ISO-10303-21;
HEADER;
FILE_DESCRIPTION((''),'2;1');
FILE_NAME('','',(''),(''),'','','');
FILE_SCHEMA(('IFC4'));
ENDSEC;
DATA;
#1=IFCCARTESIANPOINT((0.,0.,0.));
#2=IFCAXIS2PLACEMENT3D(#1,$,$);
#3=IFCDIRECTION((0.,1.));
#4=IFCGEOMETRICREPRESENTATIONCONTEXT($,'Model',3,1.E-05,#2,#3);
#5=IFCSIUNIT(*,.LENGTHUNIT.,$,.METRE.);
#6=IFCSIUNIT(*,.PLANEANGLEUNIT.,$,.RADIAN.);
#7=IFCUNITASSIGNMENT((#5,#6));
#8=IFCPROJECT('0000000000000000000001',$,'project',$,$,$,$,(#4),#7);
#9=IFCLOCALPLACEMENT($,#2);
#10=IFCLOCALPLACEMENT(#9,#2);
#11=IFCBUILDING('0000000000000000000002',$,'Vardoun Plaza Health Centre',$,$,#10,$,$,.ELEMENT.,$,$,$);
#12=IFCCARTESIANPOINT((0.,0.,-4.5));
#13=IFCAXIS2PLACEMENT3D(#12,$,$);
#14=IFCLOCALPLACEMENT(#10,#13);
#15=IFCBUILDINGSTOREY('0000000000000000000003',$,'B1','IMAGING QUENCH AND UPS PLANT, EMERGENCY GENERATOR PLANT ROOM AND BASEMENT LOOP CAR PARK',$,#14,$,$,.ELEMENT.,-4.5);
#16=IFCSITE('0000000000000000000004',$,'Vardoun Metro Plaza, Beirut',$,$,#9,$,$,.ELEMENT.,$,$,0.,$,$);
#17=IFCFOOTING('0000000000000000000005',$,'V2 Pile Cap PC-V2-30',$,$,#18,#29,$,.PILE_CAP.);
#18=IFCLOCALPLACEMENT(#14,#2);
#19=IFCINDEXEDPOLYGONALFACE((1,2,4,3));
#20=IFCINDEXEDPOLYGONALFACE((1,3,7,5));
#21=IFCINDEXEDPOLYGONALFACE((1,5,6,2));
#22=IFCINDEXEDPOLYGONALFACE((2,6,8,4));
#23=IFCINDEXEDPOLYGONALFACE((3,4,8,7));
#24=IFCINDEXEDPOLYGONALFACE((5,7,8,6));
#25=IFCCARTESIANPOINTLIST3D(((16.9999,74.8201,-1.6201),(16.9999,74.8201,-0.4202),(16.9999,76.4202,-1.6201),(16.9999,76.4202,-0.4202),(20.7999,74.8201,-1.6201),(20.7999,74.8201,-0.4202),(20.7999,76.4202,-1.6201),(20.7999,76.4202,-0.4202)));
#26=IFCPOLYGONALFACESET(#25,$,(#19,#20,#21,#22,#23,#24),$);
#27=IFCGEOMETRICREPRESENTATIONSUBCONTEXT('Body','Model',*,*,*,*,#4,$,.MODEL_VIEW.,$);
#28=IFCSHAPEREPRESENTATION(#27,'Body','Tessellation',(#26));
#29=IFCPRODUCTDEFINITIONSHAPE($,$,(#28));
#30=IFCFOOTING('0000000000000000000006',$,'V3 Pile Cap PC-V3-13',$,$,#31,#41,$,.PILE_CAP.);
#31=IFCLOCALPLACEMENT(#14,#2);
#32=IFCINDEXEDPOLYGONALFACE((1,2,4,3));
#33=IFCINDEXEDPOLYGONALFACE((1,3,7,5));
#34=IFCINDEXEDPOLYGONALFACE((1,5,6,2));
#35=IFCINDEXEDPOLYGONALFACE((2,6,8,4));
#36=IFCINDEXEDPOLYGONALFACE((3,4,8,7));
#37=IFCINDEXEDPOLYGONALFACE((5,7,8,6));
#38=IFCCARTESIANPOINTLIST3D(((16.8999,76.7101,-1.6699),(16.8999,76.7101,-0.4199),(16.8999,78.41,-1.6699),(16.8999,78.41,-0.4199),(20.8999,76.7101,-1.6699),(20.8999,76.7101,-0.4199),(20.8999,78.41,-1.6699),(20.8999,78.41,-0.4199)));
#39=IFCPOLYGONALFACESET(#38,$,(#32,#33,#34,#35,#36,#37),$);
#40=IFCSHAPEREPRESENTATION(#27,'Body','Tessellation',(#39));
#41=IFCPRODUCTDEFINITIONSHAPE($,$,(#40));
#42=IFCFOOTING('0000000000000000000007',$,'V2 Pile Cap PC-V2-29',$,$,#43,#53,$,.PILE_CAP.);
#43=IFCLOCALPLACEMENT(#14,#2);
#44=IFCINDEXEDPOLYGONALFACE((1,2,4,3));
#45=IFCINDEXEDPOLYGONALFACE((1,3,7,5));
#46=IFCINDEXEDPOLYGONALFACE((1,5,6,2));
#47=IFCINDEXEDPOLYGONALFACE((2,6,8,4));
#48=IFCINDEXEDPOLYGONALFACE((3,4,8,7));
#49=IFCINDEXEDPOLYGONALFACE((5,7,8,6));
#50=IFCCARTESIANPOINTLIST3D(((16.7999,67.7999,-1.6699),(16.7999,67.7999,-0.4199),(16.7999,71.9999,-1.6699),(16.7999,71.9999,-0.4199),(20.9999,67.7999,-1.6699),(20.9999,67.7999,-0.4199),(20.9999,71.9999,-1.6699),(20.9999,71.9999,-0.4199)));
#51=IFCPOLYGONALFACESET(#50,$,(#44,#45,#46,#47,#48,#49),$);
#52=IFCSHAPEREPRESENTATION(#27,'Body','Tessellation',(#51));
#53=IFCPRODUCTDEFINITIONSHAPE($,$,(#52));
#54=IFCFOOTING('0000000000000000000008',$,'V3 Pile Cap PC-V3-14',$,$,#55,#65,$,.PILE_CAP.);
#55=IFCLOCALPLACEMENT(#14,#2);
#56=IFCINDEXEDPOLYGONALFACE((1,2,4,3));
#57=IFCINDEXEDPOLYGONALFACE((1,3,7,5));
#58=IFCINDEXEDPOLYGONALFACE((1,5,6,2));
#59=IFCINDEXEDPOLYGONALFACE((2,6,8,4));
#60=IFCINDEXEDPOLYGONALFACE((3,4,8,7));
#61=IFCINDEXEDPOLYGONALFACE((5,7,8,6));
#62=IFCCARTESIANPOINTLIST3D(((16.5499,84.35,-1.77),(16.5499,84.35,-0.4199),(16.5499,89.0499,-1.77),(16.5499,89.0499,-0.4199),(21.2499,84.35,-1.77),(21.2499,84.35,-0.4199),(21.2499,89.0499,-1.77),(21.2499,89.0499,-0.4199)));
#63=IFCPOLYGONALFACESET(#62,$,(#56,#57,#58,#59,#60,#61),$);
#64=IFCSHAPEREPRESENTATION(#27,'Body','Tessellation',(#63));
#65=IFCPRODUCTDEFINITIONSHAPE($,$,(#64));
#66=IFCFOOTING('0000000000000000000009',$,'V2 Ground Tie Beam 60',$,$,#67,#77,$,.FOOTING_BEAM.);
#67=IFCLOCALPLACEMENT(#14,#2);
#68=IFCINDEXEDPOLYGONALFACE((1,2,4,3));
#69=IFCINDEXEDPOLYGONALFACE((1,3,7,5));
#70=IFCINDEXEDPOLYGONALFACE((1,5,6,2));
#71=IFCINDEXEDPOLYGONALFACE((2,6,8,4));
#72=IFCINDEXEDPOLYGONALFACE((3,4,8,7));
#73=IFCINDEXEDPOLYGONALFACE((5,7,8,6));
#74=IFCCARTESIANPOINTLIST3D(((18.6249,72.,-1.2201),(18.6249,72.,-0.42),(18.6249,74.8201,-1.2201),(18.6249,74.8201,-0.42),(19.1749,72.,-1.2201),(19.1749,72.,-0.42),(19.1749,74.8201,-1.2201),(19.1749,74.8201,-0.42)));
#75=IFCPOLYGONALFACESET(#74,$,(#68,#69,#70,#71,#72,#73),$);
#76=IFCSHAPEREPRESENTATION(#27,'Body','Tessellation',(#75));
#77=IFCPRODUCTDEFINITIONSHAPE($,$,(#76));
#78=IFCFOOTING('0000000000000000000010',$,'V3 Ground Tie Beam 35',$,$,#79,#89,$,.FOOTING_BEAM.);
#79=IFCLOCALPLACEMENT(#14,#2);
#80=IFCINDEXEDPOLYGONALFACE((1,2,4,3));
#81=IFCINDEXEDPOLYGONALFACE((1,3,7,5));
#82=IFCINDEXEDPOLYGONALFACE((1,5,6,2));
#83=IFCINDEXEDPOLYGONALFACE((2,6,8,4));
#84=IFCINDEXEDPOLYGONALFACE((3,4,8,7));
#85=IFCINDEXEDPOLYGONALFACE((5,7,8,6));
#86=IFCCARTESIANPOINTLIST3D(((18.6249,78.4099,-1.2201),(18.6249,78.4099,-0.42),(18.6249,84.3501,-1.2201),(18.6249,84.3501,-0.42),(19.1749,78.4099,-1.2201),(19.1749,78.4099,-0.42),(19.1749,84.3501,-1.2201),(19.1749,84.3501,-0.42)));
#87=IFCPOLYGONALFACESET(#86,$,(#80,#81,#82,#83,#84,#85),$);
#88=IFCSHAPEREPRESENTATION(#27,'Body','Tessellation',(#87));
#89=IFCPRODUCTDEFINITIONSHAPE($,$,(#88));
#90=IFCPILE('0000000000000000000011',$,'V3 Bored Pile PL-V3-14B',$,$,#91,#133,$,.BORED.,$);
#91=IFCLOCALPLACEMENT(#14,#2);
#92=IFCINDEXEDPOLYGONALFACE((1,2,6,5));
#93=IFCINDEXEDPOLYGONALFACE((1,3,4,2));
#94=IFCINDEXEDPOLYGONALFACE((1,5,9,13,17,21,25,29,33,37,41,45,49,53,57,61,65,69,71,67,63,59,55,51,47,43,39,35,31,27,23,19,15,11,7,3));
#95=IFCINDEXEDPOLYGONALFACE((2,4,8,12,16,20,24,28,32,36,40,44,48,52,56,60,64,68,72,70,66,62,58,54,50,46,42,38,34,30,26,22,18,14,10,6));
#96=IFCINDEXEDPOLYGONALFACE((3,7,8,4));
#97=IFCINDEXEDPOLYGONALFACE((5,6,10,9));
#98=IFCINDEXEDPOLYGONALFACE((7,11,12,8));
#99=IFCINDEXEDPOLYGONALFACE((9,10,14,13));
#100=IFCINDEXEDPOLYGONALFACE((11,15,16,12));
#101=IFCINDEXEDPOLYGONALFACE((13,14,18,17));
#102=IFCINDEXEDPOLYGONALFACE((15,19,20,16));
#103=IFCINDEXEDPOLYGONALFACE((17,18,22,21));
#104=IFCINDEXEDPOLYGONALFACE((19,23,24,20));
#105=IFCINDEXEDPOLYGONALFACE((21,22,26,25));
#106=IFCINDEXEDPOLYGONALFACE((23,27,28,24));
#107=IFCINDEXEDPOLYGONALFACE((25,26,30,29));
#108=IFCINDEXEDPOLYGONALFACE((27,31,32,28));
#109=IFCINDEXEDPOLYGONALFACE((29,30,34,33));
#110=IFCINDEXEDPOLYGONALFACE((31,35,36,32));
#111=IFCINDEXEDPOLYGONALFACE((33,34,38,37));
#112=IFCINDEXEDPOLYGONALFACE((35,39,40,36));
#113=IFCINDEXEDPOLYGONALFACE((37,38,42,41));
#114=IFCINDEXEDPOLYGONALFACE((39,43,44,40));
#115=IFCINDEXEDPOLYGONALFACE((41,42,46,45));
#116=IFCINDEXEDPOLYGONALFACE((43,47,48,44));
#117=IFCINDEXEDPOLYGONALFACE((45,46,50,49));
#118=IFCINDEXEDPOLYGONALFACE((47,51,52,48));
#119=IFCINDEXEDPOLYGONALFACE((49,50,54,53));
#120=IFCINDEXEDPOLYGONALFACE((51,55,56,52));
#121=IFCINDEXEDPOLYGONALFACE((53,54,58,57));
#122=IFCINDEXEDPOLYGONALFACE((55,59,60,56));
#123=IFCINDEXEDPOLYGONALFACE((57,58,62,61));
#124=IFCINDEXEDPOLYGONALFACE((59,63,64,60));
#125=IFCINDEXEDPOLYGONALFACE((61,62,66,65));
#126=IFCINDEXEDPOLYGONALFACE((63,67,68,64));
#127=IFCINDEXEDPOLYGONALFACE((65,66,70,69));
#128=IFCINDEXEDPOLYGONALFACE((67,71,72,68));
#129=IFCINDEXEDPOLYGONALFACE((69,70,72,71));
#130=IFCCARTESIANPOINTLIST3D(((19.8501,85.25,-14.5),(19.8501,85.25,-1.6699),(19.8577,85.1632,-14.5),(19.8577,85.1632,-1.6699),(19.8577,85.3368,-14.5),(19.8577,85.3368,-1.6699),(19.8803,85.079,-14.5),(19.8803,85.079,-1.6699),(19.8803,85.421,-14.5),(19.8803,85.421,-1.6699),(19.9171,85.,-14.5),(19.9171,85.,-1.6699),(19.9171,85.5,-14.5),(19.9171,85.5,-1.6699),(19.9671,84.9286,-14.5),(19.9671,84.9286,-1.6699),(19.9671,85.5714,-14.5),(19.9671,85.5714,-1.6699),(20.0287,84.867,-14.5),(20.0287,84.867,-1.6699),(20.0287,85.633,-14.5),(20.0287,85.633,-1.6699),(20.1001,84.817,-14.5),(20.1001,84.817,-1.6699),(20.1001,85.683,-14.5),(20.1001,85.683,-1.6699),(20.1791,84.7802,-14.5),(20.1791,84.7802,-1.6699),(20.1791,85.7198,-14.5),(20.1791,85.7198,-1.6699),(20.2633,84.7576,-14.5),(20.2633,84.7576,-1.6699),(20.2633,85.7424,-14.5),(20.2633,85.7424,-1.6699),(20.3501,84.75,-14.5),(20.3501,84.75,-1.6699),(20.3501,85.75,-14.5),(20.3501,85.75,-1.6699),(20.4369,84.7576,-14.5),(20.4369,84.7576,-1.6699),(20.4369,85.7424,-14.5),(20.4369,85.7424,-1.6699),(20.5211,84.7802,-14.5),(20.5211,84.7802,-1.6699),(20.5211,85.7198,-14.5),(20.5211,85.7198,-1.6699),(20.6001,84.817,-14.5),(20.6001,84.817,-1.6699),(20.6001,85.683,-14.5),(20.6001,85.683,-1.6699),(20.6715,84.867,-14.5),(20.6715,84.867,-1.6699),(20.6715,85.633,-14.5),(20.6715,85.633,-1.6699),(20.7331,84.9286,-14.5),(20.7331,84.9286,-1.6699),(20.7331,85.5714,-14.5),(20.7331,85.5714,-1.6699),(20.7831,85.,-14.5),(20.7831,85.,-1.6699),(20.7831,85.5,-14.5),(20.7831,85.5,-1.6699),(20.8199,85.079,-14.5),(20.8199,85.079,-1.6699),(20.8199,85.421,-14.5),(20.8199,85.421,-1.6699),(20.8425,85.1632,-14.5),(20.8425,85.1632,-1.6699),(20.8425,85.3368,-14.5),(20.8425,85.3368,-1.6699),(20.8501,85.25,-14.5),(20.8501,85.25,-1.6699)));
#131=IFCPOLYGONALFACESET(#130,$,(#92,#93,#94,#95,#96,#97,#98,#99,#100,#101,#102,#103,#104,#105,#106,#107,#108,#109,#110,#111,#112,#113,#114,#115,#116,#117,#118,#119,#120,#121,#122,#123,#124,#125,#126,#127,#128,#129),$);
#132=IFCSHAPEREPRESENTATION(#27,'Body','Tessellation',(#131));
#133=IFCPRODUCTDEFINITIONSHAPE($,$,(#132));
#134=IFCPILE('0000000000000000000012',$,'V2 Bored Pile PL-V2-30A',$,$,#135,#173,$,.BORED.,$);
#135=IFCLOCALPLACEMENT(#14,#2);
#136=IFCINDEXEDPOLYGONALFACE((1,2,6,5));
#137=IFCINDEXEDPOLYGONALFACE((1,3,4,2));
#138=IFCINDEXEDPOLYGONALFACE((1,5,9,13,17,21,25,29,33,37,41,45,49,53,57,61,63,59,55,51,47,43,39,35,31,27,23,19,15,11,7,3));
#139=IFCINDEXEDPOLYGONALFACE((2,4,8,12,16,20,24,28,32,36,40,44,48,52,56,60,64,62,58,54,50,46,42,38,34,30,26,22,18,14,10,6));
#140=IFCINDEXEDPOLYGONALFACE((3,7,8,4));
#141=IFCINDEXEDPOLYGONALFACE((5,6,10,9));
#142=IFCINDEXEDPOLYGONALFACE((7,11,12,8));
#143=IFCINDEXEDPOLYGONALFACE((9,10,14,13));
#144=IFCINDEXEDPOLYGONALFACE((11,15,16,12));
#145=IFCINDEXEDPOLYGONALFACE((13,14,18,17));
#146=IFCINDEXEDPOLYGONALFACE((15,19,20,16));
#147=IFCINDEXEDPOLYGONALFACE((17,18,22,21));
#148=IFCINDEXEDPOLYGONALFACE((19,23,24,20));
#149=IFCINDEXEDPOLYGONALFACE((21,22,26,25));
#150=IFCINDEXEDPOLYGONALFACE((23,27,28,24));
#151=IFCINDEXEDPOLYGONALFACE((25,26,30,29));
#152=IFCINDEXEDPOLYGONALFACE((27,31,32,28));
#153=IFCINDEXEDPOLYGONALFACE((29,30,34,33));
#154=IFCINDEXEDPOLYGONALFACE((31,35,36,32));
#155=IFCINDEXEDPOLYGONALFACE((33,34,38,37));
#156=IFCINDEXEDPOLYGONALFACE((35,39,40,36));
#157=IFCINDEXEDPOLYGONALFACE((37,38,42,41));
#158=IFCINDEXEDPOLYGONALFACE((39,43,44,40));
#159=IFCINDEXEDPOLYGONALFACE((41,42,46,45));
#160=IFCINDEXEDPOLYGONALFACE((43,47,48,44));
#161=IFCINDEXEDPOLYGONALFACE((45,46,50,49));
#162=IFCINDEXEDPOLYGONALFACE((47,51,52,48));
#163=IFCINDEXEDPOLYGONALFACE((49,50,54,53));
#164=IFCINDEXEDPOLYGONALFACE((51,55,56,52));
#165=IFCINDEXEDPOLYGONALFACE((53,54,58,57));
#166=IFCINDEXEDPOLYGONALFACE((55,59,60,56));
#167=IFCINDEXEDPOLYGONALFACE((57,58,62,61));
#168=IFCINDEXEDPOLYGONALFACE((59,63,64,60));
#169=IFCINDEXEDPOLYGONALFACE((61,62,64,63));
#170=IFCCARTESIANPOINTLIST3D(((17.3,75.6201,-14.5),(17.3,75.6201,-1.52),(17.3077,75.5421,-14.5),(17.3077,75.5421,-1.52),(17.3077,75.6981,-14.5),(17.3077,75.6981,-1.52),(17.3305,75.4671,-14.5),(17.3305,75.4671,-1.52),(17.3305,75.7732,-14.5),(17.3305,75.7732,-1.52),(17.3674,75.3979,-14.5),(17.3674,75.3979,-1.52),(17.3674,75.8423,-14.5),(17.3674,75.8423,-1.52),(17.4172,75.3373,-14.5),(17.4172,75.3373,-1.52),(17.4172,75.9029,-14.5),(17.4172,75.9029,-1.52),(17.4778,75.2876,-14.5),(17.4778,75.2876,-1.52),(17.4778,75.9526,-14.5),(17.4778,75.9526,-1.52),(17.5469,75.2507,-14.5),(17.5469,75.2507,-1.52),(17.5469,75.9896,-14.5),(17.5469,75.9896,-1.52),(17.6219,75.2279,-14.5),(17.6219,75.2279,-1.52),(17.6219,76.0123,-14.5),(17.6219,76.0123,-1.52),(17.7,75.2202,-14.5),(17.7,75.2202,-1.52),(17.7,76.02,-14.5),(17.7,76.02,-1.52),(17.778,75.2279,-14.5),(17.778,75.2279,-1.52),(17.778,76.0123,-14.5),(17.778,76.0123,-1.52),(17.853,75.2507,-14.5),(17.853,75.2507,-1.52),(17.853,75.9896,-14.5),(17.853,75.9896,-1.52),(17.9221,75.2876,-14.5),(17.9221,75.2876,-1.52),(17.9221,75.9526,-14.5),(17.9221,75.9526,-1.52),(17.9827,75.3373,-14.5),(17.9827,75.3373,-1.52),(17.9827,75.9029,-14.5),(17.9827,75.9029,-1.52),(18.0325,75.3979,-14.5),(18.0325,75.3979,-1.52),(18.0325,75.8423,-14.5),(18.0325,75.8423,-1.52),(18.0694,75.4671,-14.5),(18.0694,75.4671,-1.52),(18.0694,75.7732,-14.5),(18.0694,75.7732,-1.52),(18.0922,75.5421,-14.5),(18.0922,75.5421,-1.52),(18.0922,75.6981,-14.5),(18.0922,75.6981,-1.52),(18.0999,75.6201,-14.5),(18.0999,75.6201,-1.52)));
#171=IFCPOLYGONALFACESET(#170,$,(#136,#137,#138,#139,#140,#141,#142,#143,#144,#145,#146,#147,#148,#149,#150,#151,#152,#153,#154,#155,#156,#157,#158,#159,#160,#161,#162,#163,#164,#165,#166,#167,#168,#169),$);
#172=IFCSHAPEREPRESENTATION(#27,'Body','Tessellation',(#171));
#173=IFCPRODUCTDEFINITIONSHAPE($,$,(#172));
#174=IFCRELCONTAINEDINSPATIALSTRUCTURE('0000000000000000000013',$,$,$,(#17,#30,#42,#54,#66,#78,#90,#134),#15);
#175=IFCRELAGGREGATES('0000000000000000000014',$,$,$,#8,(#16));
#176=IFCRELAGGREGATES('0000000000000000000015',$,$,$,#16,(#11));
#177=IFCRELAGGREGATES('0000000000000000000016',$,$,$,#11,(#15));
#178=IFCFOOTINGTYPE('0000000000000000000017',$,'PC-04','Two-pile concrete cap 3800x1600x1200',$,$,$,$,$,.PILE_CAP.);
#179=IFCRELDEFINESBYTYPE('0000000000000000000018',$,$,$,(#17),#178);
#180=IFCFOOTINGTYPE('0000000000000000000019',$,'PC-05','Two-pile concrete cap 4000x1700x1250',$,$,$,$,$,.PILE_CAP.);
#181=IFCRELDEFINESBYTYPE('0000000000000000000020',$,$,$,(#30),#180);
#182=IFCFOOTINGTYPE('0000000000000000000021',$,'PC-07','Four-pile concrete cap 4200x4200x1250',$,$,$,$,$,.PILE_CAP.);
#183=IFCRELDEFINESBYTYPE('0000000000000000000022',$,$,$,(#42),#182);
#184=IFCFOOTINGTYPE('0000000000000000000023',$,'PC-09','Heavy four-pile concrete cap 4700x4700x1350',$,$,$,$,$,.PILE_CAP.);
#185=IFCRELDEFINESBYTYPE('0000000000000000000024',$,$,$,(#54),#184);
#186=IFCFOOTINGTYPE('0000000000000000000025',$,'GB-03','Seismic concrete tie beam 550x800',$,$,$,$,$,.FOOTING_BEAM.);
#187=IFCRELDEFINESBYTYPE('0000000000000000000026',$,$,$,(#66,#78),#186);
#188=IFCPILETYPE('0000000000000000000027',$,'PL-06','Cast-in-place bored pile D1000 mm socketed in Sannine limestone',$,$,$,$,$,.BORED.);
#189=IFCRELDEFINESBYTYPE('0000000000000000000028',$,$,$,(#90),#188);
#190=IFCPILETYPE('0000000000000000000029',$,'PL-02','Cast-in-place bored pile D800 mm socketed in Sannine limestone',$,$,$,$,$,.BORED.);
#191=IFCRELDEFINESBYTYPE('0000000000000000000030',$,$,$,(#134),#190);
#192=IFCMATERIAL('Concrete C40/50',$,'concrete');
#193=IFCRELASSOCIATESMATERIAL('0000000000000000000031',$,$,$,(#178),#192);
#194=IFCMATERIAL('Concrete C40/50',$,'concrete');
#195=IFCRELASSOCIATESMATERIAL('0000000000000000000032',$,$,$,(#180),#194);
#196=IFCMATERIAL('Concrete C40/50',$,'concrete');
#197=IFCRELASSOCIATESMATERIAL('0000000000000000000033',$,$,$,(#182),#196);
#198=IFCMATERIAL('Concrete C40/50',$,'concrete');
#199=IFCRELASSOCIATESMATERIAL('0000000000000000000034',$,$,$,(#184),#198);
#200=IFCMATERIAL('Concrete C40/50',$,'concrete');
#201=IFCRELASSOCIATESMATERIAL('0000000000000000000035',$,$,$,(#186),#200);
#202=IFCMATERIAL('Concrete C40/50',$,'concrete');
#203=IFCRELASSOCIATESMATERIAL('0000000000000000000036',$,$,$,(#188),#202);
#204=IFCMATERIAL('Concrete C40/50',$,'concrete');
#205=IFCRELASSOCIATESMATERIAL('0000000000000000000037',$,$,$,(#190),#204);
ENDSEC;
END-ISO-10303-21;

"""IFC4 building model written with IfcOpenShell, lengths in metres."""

from ifc_helpers import new_model, si_unit, direction, frame, origin, origin_2d, place, context, subcontext, project, spatial, rectangle, circle, extrude, material, material_profile, profile_set, type_object, element, save


model = new_model("IFC4")

# Units and contexts
model_context = context("Model", 3, precision=1e-05, world=origin(), true_north=direction((0.0, 1.0)))
body_context = subcontext(model_context, "Body", "Model", "MODEL_VIEW")
ifc_project = project(units=[si_unit("LENGTHUNIT", "METRE"), si_unit("PLANEANGLEUNIT", "RADIAN")], contexts=[model_context])

# Site, building, storey
site_placement = place(None, origin())
site = spatial("IfcSite", under=ifc_project, at=site_placement, Name="Vardoun Metro Plaza, Beirut", CompositionType="ELEMENT", RefElevation=0.0)
building_placement = place(site_placement, origin())
building = spatial("IfcBuilding", under=site, at=building_placement, Name="Vardoun Plaza Health Centre", CompositionType="ELEMENT")
storey_placement = place(building_placement, frame((0.0, 0.0, -4.5)))
storey = spatial("IfcBuildingStorey", under=building, at=storey_placement, Name="B1", Description="IMAGING QUENCH AND UPS PLANT, EMERGENCY GENERATOR PLANT ROOM AND BASEMENT LOOP CAR PARK", CompositionType="ELEMENT", Elevation=-4.5)

# Footings
ifc_material_1 = material(Name="Concrete C40/50", Category="concrete")
footing_type_1 = type_object("IfcFootingType", Name="PC-04", Description="Two-pile concrete cap 3800x1600x1200", PredefinedType="PILE_CAP", material=ifc_material_1)
footing_1_placement = place(storey_placement, frame((18.8999, 75.6201, -1.6201), z_axis=(0.0, 0.0, 1.0), x_axis=(1.0, 0.0, 0.0)))
element("IfcFooting", 1, at=footing_1_placement, inside=storey, type_object=footing_type_1, Name="V2 Pile Cap PC-V2-30", PredefinedType="PILE_CAP", context=body_context, shape_type="SweptSolid", body=[
    extrude(rectangle(XDim=3.8, YDim=1.6001, at=origin_2d()), origin(), (0.0, 0.0, 1.0), 1.2),
])
ifc_material_2 = material(Name="Concrete C40/50", Category="concrete")
footing_type_2 = type_object("IfcFootingType", Name="PC-05", Description="Two-pile concrete cap 4000x1700x1250", PredefinedType="PILE_CAP", material=ifc_material_2)
footing_2_placement = place(storey_placement, frame((18.8999, 77.5601, -1.6699), z_axis=(0.0, 0.0, 1.0), x_axis=(1.0, 0.0, 0.0)))
element("IfcFooting", 2, at=footing_2_placement, inside=storey, type_object=footing_type_2, Name="V3 Pile Cap PC-V3-13", PredefinedType="PILE_CAP", context=body_context, shape_type="SweptSolid", body=[
    extrude(rectangle(XDim=4.0, YDim=1.7, at=origin_2d()), origin(), (0.0, 0.0, 1.0), 1.25),
])
ifc_material_3 = material(Name="Concrete C40/50", Category="concrete")
footing_type_3 = type_object("IfcFootingType", Name="PC-07", Description="Four-pile concrete cap 4200x4200x1250", PredefinedType="PILE_CAP", material=ifc_material_3)
footing_3_placement = place(storey_placement, frame((18.8999, 69.8999, -1.6699), z_axis=(0.0, 0.0, 1.0), x_axis=(1.0, 0.0, 0.0)))
element("IfcFooting", 3, at=footing_3_placement, inside=storey, type_object=footing_type_3, Name="V2 Pile Cap PC-V2-29", PredefinedType="PILE_CAP", context=body_context, shape_type="SweptSolid", body=[
    extrude(rectangle(XDim=4.2, YDim=4.2, at=origin_2d()), origin(), (0.0, 0.0, 1.0), 1.25),
])
ifc_material_4 = material(Name="Concrete C40/50", Category="concrete")
footing_type_4 = type_object("IfcFootingType", Name="PC-09", Description="Heavy four-pile concrete cap 4700x4700x1350", PredefinedType="PILE_CAP", material=ifc_material_4)
footing_4_placement = place(storey_placement, frame((18.8999, 86.7, -1.77), z_axis=(0.0, 0.0, 1.0), x_axis=(1.0, 0.0, 0.0)))
element("IfcFooting", 4, at=footing_4_placement, inside=storey, type_object=footing_type_4, Name="V3 Pile Cap PC-V3-14", PredefinedType="PILE_CAP", context=body_context, shape_type="SweptSolid", body=[
    extrude(rectangle(XDim=4.7, YDim=4.7, at=origin_2d()), origin(), (0.0, 0.0, 1.0), 1.3501),
])
ifc_material_5 = material(Name="Concrete C40/50", Category="concrete")
ifc_material_profile_1 = material_profile(ifc_material_5, rectangle(XDim=0.55, YDim=0.8, at=origin_2d()), Name="GB 550x800")
ifc_profile_set_1 = profile_set([ifc_material_profile_1], Name="Concrete C40/50")
footing_type_5 = type_object("IfcFootingType", Name="GB-03", Description="Seismic concrete tie beam 550x800", PredefinedType="FOOTING_BEAM", material=ifc_profile_set_1)
footing_5_placement = place(storey_placement, frame((18.8999, 72.0, -0.8201), z_axis=(0.0, 1.0, 0.0), x_axis=(-1.0, 0.0, 0.0)))
element("IfcFooting", 5, at=footing_5_placement, inside=storey, type_object=footing_type_5, Name="V2 Ground Tie Beam 60", PredefinedType="FOOTING_BEAM", context=body_context, shape_type="SweptSolid", body=[
    extrude(rectangle(XDim=0.55, YDim=0.8, at=origin_2d()), origin(), (0.0, 0.0, 1.0), 2.8201),
])
footing_6_placement = place(storey_placement, frame((18.8999, 78.4099, -0.8201), z_axis=(0.0, 1.0, 0.0), x_axis=(-1.0, 0.0, 0.0)))
element("IfcFooting", 6, at=footing_6_placement, inside=storey, type_object=footing_type_5, Name="V3 Ground Tie Beam 35", PredefinedType="FOOTING_BEAM", context=body_context, shape_type="SweptSolid", body=[
    extrude(rectangle(XDim=0.55, YDim=0.8, at=origin_2d()), origin(), (0.0, 0.0, 1.0), 5.9402),
])

# Piles
ifc_material_6 = material(Name="Concrete C40/50", Category="concrete")
ifc_material_profile_2 = material_profile(ifc_material_6, circle(Radius=0.5, at=origin_2d()), Name="PILE D1000")
ifc_profile_set_2 = profile_set([ifc_material_profile_2], Name="Concrete C40/50")
pile_type_1 = type_object("IfcPileType", Name="PL-06", Description="Cast-in-place bored pile D1000 mm socketed in Sannine limestone", PredefinedType="BORED", material=ifc_profile_set_2)
pile_placement = place(storey_placement, frame((20.3501, 85.25, -1.6699), z_axis=(0.0, 0.0, -1.0), x_axis=(1.0, 0.0, 0.0)))
element("IfcPile", 7, at=pile_placement, inside=storey, type_object=pile_type_1, Name="V3 Bored Pile PL-V3-14B", PredefinedType="BORED", context=body_context, shape_type="SweptSolid", body=[
    extrude(circle(Radius=0.5, at=origin_2d()), origin(), (0.0, 0.0, 1.0), 12.8301),
])
ifc_material_7 = material(Name="Concrete C40/50", Category="concrete")
ifc_material_profile_3 = material_profile(ifc_material_7, circle(Radius=0.3999, at=origin_2d()), Name="PILE D800")
ifc_profile_set_3 = profile_set([ifc_material_profile_3], Name="Concrete C40/50")
pile_type_2 = type_object("IfcPileType", Name="PL-02", Description="Cast-in-place bored pile D800 mm socketed in Sannine limestone", PredefinedType="BORED", material=ifc_profile_set_3)
for number, where, z_axis, x_axis, name in (
    (8, (17.7, 75.6201, -1.52), (0.0, 0.0, -1.0), (1.0, 0.0, 0.0), "V2 Bored Pile PL-V2-30A"),
):
    element("IfcPile", number, at=place(storey_placement, frame(where, z_axis=z_axis, x_axis=x_axis)), inside=storey, type_object=pile_type_2, Name=name, PredefinedType="BORED", context=body_context, shape_type="SweptSolid", body=[
        extrude(circle(Radius=0.3999, at=origin_2d()), origin(), (0.0, 0.0, 1.0), 12.98),
    ])

save(model, "model.ifc")
